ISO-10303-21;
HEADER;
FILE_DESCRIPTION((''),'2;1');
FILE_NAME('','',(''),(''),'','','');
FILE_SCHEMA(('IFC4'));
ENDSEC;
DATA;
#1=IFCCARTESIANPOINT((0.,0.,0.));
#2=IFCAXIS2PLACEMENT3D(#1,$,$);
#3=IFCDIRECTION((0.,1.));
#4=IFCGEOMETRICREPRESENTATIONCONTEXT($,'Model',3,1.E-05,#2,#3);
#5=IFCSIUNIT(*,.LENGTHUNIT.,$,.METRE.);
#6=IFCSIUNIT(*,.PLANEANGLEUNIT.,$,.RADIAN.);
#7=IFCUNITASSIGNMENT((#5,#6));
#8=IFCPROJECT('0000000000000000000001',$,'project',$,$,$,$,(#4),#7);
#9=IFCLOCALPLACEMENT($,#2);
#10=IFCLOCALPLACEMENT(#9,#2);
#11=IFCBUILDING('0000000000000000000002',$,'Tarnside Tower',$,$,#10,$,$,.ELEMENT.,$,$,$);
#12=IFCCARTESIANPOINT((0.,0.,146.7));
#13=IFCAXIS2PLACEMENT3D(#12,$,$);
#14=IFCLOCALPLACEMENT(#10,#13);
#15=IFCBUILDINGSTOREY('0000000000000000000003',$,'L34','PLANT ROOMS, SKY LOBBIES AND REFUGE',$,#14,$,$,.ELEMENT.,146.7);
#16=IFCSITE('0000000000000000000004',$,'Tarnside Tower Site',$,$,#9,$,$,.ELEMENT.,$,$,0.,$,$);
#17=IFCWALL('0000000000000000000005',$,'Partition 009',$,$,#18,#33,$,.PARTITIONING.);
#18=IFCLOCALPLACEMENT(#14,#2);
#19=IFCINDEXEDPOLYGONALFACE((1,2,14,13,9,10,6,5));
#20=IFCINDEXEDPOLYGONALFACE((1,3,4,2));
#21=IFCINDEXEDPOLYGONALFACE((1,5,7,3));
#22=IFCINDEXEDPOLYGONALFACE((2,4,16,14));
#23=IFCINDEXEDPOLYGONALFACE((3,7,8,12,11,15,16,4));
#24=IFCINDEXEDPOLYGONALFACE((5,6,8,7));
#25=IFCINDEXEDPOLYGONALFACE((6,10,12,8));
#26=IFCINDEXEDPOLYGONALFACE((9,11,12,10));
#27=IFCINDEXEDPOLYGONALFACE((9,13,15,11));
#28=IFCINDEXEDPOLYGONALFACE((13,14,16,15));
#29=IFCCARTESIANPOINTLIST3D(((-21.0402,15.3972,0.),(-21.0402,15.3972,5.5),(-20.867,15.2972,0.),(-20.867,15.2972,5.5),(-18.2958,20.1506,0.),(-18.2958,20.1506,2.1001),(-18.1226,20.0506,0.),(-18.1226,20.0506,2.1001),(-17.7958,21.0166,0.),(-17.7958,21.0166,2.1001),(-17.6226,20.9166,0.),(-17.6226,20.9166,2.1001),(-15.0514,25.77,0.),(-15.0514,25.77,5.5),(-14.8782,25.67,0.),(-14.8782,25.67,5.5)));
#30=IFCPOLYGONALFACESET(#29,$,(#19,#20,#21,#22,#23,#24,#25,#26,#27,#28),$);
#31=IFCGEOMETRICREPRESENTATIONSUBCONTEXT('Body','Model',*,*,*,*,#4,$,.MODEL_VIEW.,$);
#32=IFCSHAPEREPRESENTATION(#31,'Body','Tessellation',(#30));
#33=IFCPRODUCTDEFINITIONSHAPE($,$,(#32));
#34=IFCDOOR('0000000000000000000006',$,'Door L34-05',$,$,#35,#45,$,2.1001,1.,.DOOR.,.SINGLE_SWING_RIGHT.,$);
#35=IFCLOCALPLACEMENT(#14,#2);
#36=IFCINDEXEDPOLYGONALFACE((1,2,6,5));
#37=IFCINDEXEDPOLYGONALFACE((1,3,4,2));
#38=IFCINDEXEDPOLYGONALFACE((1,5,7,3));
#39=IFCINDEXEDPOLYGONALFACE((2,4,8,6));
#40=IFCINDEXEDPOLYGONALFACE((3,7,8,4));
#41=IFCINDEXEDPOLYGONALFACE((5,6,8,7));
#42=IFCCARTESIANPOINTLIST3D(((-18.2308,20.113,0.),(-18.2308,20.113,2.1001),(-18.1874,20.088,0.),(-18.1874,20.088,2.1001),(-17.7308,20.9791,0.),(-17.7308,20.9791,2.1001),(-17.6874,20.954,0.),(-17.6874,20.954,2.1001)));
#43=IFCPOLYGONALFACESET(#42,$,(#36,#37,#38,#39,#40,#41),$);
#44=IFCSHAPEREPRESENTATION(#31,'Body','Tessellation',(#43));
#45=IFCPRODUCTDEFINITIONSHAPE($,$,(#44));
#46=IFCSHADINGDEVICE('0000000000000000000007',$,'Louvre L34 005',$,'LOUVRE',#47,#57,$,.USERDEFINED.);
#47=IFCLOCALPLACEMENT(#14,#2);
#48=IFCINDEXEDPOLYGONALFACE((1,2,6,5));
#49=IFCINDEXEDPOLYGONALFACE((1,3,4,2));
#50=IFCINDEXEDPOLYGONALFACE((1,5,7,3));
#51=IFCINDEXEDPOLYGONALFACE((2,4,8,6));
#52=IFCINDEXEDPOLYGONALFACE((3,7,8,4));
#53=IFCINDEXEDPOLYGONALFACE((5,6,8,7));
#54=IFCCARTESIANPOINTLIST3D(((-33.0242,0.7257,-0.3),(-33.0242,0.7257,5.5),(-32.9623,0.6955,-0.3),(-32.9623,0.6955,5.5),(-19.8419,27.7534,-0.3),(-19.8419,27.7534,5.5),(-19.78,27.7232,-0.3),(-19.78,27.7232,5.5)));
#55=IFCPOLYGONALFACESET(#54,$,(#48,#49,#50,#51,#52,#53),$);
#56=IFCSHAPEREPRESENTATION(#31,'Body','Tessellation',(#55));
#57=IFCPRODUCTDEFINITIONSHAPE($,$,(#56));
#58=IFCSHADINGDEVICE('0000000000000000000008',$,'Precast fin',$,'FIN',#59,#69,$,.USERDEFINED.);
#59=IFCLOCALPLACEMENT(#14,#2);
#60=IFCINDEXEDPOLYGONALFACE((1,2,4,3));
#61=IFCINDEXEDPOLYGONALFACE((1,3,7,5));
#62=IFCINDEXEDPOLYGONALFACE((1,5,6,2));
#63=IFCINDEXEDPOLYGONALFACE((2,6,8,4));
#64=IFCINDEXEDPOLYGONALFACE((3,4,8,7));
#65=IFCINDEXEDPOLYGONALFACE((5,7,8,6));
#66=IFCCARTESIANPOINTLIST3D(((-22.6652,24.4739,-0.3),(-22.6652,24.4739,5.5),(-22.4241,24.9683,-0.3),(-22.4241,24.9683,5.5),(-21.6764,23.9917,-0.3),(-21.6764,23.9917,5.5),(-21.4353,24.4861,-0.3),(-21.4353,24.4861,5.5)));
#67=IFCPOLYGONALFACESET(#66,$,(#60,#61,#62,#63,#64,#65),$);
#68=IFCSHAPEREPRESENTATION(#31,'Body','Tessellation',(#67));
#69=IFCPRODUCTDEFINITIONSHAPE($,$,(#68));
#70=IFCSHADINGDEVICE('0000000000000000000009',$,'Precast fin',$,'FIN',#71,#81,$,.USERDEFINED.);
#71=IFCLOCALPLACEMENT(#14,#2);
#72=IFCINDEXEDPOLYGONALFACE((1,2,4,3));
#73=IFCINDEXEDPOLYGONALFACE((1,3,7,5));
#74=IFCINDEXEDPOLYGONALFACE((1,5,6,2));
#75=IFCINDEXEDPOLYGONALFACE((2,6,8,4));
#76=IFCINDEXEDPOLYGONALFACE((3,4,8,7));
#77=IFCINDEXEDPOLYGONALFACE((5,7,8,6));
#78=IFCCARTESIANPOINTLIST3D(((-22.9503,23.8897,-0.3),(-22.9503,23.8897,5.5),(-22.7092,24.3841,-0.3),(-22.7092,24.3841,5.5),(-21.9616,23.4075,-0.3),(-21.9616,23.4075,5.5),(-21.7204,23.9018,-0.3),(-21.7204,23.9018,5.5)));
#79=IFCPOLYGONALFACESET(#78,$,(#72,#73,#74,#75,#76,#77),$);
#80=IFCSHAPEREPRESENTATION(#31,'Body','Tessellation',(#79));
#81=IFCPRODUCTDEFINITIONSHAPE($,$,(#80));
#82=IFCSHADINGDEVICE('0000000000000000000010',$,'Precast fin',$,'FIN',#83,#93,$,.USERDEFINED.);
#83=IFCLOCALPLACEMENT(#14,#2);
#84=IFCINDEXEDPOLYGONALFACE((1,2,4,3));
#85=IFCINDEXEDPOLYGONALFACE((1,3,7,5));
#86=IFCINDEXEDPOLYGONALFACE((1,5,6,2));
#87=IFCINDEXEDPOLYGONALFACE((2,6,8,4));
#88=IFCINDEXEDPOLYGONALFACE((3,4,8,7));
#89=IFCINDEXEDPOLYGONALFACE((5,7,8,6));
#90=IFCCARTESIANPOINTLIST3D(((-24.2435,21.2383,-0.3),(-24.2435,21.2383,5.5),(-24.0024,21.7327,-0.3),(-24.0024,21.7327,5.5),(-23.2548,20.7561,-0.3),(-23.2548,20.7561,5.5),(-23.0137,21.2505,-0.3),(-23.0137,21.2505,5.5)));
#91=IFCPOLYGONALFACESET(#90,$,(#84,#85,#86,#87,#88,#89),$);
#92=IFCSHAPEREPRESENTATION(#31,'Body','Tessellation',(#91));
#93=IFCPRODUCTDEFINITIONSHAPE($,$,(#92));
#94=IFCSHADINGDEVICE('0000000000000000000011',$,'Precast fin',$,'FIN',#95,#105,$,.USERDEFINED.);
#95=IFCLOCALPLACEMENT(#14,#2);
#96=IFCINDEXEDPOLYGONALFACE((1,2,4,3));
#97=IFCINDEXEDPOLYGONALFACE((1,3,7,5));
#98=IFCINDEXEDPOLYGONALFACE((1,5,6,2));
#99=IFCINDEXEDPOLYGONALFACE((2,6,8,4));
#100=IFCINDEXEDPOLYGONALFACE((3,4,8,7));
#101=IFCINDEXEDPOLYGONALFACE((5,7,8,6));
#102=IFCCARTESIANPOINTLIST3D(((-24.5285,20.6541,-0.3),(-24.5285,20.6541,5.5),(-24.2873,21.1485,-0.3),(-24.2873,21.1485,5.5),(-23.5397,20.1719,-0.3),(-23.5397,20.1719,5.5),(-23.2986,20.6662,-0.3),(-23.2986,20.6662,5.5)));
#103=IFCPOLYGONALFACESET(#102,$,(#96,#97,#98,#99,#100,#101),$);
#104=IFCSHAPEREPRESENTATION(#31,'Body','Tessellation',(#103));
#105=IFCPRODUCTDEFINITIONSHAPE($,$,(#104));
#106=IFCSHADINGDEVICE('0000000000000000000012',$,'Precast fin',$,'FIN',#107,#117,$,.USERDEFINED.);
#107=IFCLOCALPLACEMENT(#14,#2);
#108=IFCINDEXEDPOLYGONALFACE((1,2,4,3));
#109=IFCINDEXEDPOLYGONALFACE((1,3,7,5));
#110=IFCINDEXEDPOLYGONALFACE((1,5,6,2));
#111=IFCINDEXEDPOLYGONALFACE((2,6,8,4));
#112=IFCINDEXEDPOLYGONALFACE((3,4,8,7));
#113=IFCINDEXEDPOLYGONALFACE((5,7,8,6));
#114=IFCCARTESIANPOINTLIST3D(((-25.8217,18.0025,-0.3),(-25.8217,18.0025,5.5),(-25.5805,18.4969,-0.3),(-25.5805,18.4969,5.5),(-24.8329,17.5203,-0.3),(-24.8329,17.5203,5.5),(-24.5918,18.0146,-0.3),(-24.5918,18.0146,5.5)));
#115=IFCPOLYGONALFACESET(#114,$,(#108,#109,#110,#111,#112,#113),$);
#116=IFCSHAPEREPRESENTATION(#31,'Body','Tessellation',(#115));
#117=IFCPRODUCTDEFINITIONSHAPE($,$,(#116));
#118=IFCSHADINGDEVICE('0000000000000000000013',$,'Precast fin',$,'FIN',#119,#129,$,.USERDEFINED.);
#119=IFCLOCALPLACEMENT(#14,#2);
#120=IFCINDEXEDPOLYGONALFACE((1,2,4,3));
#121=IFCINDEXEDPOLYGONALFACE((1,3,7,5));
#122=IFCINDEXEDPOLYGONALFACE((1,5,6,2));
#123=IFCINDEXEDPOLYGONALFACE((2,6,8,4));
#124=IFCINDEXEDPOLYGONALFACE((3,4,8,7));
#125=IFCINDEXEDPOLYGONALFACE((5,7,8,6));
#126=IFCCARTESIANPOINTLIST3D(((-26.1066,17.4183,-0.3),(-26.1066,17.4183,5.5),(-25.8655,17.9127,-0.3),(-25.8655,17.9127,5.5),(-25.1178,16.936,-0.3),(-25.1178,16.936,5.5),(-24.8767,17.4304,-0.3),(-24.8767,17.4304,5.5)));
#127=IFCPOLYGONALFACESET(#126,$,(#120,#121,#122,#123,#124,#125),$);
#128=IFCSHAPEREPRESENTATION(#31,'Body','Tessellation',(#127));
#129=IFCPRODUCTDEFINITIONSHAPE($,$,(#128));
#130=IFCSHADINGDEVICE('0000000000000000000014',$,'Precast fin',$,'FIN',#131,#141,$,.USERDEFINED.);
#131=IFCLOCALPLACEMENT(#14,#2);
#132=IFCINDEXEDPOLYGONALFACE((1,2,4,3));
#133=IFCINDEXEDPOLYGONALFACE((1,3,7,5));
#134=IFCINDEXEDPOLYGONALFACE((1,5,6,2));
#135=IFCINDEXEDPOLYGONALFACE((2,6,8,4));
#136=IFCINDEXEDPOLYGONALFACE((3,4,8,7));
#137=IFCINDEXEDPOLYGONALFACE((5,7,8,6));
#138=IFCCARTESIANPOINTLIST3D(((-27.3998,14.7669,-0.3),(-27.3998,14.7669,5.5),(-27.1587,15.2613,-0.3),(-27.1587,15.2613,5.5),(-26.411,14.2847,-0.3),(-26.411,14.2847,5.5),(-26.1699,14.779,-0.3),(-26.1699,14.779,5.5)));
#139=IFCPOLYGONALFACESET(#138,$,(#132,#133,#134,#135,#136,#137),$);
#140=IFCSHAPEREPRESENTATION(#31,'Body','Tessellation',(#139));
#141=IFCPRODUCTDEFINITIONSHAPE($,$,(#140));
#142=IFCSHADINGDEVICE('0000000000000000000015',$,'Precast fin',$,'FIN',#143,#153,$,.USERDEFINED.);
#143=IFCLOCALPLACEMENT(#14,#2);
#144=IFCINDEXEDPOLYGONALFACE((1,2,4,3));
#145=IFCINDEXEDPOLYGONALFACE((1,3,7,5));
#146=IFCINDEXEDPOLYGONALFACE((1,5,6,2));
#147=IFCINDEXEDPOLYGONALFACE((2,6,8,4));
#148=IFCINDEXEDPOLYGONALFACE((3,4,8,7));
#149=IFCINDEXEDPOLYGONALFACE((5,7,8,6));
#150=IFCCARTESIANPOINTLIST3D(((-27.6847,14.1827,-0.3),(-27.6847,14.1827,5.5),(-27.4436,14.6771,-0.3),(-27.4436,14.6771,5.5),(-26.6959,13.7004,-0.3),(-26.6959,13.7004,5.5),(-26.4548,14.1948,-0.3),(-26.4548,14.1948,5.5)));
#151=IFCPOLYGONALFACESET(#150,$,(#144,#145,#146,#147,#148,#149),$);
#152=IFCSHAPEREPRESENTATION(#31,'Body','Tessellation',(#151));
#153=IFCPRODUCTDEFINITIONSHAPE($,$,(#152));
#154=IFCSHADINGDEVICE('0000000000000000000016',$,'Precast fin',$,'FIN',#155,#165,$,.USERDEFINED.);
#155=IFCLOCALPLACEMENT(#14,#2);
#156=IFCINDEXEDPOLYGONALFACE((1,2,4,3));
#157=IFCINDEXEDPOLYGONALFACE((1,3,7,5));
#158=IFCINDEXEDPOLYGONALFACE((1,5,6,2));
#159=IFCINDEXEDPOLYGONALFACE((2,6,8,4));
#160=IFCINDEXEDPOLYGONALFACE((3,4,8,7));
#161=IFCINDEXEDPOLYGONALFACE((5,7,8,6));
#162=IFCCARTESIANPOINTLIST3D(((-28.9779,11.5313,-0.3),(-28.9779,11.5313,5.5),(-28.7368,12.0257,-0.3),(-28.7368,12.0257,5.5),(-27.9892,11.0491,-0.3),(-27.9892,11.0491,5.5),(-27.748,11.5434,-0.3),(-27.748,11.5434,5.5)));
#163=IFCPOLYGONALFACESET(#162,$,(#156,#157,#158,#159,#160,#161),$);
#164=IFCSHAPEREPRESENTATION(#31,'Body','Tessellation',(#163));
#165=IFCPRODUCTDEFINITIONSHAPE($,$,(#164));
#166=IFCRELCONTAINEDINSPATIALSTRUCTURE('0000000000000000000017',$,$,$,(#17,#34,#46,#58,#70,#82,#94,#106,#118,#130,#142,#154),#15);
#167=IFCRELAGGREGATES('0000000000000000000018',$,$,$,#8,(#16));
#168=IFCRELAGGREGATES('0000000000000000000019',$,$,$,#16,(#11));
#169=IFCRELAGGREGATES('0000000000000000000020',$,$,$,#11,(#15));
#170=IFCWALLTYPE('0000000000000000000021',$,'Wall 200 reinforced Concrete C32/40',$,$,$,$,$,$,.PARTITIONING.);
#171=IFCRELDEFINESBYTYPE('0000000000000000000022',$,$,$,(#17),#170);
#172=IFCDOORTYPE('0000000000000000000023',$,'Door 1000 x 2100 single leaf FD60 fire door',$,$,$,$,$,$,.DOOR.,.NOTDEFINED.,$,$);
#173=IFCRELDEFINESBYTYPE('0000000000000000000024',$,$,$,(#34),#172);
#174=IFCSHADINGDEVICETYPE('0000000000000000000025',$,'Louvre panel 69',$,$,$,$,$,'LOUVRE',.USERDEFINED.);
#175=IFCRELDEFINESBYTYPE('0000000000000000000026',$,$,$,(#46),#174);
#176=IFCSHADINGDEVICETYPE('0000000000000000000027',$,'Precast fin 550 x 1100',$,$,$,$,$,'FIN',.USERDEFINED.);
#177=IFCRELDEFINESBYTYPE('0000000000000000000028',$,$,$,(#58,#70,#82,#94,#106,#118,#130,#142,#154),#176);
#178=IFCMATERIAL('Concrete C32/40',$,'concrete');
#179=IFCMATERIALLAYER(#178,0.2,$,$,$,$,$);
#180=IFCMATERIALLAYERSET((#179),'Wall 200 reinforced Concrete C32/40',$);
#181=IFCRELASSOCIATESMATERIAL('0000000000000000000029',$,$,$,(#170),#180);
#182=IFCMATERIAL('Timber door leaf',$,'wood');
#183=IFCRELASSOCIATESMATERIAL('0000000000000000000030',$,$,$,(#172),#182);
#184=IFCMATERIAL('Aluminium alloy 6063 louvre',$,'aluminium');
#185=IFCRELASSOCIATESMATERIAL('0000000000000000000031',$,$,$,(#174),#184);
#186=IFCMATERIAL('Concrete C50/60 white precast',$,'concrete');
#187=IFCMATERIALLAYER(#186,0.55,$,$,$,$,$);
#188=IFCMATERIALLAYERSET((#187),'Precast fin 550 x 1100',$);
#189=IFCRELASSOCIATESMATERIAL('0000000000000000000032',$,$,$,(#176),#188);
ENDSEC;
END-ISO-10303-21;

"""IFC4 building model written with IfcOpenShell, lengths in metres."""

from ifc_helpers import new_model, si_unit, direction, frame, frame_2d, origin, place, context, subcontext, project, spatial, polyline, rectangle, outline, extrude, material, layer, layer_set, type_object, element, fill, save


model = new_model("IFC4")

# Units and contexts
model_context = context("Model", 3, precision=1e-05, world=origin(), true_north=direction((0.0, 1.0)))
body_context = subcontext(model_context, "Body", "Model", "MODEL_VIEW")
ifc_project = project(units=[si_unit("LENGTHUNIT", "METRE"), si_unit("PLANEANGLEUNIT", "RADIAN")], contexts=[model_context])

# Site, building, storey
site_placement = place(None, origin())
site = spatial("IfcSite", under=ifc_project, at=site_placement, Name="Tarnside Tower Site", CompositionType="ELEMENT", RefElevation=0.0)
building_placement = place(site_placement, origin())
building = spatial("IfcBuilding", under=site, at=building_placement, Name="Tarnside Tower", CompositionType="ELEMENT")
storey_placement = place(building_placement, frame((0.0, 0.0, 146.7)))
storey = spatial("IfcBuildingStorey", under=building, at=storey_placement, Name="L34", Description="PLANT ROOMS, SKY LOBBIES AND REFUGE", CompositionType="ELEMENT", Elevation=146.7)

# Shared definitions
ifc_material_1 = material(Name="Concrete C32/40", Category="concrete")
ifc_layer_1 = layer(ifc_material_1, 0.2)
ifc_layer_set_1 = layer_set([ifc_layer_1], Name="Wall 200 reinforced Concrete C32/40")
wall_type = type_object("IfcWallType", Name="Wall 200 reinforced Concrete C32/40", PredefinedType="PARTITIONING", material=ifc_layer_set_1)

# Wall, opening, door
wall_1_placement = place(storey_placement, frame((-20.9536, 15.3472, 0.0), z_axis=(0.0, 0.0, 1.0), x_axis=(0.500002, 0.866024, 0.0)))
wall_1 = element("IfcWall", 1, at=wall_1_placement, inside=storey, type_object=wall_type, Name="Partition 009", PredefinedType="PARTITIONING", context=body_context, shape_type="SweptSolid", body=[
    extrude(rectangle(XDim=11.9775, YDim=0.2, at=frame_2d((5.9888, 0.0))), origin(), (0.0, 0.0, 1.0), 5.5),
])
opening_placement = place(wall_1_placement, frame((5.4888, 0.0, 0.0)))
opening = element("IfcOpeningElement", 2, at=opening_placement, cuts=wall_1, PredefinedType="OPENING", context=body_context, shape_type="SweptSolid", body=[
    extrude(rectangle(XDim=1.0, YDim=2.1001, at=frame_2d((0.5, 1.05))), frame((0.0, 0.1099, 0.0), z_axis=(0.0, -1.0, 0.0), x_axis=(1.0, 0.0, 0.0)), (0.0, 0.0, 1.0), 0.22),
])
ifc_material_2 = material(Name="Timber door leaf", Category="wood")
door_type = type_object("IfcDoorType", Name="Door 1000 x 2100 single leaf FD60 fire door", OperationType="NOTDEFINED", PredefinedType="DOOR", material=ifc_material_2)
door_placement = place(opening_placement, origin())
door = element("IfcDoor", 3, at=door_placement, inside=storey, type_object=door_type, Name="Door L34-05", OperationType="SINGLE_SWING_RIGHT", OverallHeight=2.1001, OverallWidth=1.0, PredefinedType="DOOR", context=body_context, shape_type="SweptSolid", body=[
    extrude(rectangle(XDim=1.0, YDim=2.1001, at=frame_2d((0.5, 1.05))), frame((0.0, 0.0249, 0.0), z_axis=(0.0, -1.0, 0.0), x_axis=(1.0, 0.0, 0.0)), (0.0, 0.0, 1.0), 0.05),
])
fill(opening, door)

# Shading devices
ifc_material_3 = material(Name="Aluminium alloy 6063 louvre", Category="aluminium")
shading_device_type_1 = type_object("IfcShadingDeviceType", Name="Louvre panel 69", ElementType="LOUVRE", PredefinedType="USERDEFINED", material=ifc_material_3)
shading_device_placement = place(storey_placement, frame((-26.3711, 14.2095, -0.3), z_axis=(0.438373, 0.898793, 0.0), x_axis=(-0.898793, 0.438373, 0.0)))
element("IfcShadingDevice", 4, at=shading_device_placement, inside=storey, type_object=shading_device_type_1, Name="Louvre L34 005", ObjectType="LOUVRE", PredefinedType="USERDEFINED", context=body_context, shape_type="SweptSolid", body=[
    extrude(outline(polyline([(0.0, 0.0), (0.0688, 0.0), (0.0688, 5.8), (0.0, 5.8), (0.0, 0.0)])), frame((0.0, 0.0, -15.0356)), (0.0, 0.0, 1.0), 30.071),
])
ifc_material_4 = material(Name="Concrete C50/60 white precast", Category="concrete")
ifc_layer_2 = layer(ifc_material_4, 0.55)
ifc_layer_set_2 = layer_set([ifc_layer_2], Name="Precast fin 550 x 1100")
shading_device_type_2 = type_object("IfcShadingDeviceType", Name="Precast fin 550 x 1100", ElementType="FIN", PredefinedType="USERDEFINED", material=ifc_layer_set_2)
for number, where, z_axis, x_axis, name in (
    (5, (-21.5559, 24.2388, -0.3), (0.438371, 0.898794, 0.0), (-0.898794, 0.438371, 0.0), "Precast fin"),
    (6, (-21.8411, 23.6545, -0.3), (0.438371, 0.898794, 0.0), (-0.898794, 0.438371, 0.0), "Precast fin"),
    (7, (-23.1343, 21.0032, -0.3), (0.438371, 0.898794, 0.0), (-0.898794, 0.438371, 0.0), "Precast fin"),
    (8, (-23.4192, 20.4189, -0.3), (0.438371, 0.898794, 0.0), (-0.898794, 0.438371, 0.0), "Precast fin"),
    (9, (-24.7124, 17.7673, -0.3), (0.438371, 0.898794, 0.0), (-0.898794, 0.438371, 0.0), "Precast fin"),
    (10, (-24.9973, 17.1831, -0.3), (0.438371, 0.898794, 0.0), (-0.898794, 0.438371, 0.0), "Precast fin"),
    (11, (-26.2905, 14.5317, -0.3), (0.438371, 0.898794, 0.0), (-0.898794, 0.438371, 0.0), "Precast fin"),
    (12, (-26.5754, 13.9475, -0.3), (0.438371, 0.898794, 0.0), (-0.898794, 0.438371, 0.0), "Precast fin"),
    (13, (-27.8687, 11.2961, -0.3), (0.438371, 0.898794, 0.0), (-0.898794, 0.438371, 0.0), "Precast fin"),
):
    element("IfcShadingDevice", number, at=place(storey_placement, frame(where, z_axis=z_axis, x_axis=x_axis)), inside=storey, type_object=shading_device_type_2, Name=name, ObjectType="FIN", PredefinedType="USERDEFINED", context=body_context, shape_type="SweptSolid", body=[
        extrude(outline(polyline([(0.0, 0.0), (1.1001, 0.0), (1.1001, 5.8), (0.0, 5.8), (0.0, 0.0)])), frame((0.0, 0.0, -0.2749)), (0.0, 0.0, 1.0), 0.55),
    ])

save(model, "model.ifc")
